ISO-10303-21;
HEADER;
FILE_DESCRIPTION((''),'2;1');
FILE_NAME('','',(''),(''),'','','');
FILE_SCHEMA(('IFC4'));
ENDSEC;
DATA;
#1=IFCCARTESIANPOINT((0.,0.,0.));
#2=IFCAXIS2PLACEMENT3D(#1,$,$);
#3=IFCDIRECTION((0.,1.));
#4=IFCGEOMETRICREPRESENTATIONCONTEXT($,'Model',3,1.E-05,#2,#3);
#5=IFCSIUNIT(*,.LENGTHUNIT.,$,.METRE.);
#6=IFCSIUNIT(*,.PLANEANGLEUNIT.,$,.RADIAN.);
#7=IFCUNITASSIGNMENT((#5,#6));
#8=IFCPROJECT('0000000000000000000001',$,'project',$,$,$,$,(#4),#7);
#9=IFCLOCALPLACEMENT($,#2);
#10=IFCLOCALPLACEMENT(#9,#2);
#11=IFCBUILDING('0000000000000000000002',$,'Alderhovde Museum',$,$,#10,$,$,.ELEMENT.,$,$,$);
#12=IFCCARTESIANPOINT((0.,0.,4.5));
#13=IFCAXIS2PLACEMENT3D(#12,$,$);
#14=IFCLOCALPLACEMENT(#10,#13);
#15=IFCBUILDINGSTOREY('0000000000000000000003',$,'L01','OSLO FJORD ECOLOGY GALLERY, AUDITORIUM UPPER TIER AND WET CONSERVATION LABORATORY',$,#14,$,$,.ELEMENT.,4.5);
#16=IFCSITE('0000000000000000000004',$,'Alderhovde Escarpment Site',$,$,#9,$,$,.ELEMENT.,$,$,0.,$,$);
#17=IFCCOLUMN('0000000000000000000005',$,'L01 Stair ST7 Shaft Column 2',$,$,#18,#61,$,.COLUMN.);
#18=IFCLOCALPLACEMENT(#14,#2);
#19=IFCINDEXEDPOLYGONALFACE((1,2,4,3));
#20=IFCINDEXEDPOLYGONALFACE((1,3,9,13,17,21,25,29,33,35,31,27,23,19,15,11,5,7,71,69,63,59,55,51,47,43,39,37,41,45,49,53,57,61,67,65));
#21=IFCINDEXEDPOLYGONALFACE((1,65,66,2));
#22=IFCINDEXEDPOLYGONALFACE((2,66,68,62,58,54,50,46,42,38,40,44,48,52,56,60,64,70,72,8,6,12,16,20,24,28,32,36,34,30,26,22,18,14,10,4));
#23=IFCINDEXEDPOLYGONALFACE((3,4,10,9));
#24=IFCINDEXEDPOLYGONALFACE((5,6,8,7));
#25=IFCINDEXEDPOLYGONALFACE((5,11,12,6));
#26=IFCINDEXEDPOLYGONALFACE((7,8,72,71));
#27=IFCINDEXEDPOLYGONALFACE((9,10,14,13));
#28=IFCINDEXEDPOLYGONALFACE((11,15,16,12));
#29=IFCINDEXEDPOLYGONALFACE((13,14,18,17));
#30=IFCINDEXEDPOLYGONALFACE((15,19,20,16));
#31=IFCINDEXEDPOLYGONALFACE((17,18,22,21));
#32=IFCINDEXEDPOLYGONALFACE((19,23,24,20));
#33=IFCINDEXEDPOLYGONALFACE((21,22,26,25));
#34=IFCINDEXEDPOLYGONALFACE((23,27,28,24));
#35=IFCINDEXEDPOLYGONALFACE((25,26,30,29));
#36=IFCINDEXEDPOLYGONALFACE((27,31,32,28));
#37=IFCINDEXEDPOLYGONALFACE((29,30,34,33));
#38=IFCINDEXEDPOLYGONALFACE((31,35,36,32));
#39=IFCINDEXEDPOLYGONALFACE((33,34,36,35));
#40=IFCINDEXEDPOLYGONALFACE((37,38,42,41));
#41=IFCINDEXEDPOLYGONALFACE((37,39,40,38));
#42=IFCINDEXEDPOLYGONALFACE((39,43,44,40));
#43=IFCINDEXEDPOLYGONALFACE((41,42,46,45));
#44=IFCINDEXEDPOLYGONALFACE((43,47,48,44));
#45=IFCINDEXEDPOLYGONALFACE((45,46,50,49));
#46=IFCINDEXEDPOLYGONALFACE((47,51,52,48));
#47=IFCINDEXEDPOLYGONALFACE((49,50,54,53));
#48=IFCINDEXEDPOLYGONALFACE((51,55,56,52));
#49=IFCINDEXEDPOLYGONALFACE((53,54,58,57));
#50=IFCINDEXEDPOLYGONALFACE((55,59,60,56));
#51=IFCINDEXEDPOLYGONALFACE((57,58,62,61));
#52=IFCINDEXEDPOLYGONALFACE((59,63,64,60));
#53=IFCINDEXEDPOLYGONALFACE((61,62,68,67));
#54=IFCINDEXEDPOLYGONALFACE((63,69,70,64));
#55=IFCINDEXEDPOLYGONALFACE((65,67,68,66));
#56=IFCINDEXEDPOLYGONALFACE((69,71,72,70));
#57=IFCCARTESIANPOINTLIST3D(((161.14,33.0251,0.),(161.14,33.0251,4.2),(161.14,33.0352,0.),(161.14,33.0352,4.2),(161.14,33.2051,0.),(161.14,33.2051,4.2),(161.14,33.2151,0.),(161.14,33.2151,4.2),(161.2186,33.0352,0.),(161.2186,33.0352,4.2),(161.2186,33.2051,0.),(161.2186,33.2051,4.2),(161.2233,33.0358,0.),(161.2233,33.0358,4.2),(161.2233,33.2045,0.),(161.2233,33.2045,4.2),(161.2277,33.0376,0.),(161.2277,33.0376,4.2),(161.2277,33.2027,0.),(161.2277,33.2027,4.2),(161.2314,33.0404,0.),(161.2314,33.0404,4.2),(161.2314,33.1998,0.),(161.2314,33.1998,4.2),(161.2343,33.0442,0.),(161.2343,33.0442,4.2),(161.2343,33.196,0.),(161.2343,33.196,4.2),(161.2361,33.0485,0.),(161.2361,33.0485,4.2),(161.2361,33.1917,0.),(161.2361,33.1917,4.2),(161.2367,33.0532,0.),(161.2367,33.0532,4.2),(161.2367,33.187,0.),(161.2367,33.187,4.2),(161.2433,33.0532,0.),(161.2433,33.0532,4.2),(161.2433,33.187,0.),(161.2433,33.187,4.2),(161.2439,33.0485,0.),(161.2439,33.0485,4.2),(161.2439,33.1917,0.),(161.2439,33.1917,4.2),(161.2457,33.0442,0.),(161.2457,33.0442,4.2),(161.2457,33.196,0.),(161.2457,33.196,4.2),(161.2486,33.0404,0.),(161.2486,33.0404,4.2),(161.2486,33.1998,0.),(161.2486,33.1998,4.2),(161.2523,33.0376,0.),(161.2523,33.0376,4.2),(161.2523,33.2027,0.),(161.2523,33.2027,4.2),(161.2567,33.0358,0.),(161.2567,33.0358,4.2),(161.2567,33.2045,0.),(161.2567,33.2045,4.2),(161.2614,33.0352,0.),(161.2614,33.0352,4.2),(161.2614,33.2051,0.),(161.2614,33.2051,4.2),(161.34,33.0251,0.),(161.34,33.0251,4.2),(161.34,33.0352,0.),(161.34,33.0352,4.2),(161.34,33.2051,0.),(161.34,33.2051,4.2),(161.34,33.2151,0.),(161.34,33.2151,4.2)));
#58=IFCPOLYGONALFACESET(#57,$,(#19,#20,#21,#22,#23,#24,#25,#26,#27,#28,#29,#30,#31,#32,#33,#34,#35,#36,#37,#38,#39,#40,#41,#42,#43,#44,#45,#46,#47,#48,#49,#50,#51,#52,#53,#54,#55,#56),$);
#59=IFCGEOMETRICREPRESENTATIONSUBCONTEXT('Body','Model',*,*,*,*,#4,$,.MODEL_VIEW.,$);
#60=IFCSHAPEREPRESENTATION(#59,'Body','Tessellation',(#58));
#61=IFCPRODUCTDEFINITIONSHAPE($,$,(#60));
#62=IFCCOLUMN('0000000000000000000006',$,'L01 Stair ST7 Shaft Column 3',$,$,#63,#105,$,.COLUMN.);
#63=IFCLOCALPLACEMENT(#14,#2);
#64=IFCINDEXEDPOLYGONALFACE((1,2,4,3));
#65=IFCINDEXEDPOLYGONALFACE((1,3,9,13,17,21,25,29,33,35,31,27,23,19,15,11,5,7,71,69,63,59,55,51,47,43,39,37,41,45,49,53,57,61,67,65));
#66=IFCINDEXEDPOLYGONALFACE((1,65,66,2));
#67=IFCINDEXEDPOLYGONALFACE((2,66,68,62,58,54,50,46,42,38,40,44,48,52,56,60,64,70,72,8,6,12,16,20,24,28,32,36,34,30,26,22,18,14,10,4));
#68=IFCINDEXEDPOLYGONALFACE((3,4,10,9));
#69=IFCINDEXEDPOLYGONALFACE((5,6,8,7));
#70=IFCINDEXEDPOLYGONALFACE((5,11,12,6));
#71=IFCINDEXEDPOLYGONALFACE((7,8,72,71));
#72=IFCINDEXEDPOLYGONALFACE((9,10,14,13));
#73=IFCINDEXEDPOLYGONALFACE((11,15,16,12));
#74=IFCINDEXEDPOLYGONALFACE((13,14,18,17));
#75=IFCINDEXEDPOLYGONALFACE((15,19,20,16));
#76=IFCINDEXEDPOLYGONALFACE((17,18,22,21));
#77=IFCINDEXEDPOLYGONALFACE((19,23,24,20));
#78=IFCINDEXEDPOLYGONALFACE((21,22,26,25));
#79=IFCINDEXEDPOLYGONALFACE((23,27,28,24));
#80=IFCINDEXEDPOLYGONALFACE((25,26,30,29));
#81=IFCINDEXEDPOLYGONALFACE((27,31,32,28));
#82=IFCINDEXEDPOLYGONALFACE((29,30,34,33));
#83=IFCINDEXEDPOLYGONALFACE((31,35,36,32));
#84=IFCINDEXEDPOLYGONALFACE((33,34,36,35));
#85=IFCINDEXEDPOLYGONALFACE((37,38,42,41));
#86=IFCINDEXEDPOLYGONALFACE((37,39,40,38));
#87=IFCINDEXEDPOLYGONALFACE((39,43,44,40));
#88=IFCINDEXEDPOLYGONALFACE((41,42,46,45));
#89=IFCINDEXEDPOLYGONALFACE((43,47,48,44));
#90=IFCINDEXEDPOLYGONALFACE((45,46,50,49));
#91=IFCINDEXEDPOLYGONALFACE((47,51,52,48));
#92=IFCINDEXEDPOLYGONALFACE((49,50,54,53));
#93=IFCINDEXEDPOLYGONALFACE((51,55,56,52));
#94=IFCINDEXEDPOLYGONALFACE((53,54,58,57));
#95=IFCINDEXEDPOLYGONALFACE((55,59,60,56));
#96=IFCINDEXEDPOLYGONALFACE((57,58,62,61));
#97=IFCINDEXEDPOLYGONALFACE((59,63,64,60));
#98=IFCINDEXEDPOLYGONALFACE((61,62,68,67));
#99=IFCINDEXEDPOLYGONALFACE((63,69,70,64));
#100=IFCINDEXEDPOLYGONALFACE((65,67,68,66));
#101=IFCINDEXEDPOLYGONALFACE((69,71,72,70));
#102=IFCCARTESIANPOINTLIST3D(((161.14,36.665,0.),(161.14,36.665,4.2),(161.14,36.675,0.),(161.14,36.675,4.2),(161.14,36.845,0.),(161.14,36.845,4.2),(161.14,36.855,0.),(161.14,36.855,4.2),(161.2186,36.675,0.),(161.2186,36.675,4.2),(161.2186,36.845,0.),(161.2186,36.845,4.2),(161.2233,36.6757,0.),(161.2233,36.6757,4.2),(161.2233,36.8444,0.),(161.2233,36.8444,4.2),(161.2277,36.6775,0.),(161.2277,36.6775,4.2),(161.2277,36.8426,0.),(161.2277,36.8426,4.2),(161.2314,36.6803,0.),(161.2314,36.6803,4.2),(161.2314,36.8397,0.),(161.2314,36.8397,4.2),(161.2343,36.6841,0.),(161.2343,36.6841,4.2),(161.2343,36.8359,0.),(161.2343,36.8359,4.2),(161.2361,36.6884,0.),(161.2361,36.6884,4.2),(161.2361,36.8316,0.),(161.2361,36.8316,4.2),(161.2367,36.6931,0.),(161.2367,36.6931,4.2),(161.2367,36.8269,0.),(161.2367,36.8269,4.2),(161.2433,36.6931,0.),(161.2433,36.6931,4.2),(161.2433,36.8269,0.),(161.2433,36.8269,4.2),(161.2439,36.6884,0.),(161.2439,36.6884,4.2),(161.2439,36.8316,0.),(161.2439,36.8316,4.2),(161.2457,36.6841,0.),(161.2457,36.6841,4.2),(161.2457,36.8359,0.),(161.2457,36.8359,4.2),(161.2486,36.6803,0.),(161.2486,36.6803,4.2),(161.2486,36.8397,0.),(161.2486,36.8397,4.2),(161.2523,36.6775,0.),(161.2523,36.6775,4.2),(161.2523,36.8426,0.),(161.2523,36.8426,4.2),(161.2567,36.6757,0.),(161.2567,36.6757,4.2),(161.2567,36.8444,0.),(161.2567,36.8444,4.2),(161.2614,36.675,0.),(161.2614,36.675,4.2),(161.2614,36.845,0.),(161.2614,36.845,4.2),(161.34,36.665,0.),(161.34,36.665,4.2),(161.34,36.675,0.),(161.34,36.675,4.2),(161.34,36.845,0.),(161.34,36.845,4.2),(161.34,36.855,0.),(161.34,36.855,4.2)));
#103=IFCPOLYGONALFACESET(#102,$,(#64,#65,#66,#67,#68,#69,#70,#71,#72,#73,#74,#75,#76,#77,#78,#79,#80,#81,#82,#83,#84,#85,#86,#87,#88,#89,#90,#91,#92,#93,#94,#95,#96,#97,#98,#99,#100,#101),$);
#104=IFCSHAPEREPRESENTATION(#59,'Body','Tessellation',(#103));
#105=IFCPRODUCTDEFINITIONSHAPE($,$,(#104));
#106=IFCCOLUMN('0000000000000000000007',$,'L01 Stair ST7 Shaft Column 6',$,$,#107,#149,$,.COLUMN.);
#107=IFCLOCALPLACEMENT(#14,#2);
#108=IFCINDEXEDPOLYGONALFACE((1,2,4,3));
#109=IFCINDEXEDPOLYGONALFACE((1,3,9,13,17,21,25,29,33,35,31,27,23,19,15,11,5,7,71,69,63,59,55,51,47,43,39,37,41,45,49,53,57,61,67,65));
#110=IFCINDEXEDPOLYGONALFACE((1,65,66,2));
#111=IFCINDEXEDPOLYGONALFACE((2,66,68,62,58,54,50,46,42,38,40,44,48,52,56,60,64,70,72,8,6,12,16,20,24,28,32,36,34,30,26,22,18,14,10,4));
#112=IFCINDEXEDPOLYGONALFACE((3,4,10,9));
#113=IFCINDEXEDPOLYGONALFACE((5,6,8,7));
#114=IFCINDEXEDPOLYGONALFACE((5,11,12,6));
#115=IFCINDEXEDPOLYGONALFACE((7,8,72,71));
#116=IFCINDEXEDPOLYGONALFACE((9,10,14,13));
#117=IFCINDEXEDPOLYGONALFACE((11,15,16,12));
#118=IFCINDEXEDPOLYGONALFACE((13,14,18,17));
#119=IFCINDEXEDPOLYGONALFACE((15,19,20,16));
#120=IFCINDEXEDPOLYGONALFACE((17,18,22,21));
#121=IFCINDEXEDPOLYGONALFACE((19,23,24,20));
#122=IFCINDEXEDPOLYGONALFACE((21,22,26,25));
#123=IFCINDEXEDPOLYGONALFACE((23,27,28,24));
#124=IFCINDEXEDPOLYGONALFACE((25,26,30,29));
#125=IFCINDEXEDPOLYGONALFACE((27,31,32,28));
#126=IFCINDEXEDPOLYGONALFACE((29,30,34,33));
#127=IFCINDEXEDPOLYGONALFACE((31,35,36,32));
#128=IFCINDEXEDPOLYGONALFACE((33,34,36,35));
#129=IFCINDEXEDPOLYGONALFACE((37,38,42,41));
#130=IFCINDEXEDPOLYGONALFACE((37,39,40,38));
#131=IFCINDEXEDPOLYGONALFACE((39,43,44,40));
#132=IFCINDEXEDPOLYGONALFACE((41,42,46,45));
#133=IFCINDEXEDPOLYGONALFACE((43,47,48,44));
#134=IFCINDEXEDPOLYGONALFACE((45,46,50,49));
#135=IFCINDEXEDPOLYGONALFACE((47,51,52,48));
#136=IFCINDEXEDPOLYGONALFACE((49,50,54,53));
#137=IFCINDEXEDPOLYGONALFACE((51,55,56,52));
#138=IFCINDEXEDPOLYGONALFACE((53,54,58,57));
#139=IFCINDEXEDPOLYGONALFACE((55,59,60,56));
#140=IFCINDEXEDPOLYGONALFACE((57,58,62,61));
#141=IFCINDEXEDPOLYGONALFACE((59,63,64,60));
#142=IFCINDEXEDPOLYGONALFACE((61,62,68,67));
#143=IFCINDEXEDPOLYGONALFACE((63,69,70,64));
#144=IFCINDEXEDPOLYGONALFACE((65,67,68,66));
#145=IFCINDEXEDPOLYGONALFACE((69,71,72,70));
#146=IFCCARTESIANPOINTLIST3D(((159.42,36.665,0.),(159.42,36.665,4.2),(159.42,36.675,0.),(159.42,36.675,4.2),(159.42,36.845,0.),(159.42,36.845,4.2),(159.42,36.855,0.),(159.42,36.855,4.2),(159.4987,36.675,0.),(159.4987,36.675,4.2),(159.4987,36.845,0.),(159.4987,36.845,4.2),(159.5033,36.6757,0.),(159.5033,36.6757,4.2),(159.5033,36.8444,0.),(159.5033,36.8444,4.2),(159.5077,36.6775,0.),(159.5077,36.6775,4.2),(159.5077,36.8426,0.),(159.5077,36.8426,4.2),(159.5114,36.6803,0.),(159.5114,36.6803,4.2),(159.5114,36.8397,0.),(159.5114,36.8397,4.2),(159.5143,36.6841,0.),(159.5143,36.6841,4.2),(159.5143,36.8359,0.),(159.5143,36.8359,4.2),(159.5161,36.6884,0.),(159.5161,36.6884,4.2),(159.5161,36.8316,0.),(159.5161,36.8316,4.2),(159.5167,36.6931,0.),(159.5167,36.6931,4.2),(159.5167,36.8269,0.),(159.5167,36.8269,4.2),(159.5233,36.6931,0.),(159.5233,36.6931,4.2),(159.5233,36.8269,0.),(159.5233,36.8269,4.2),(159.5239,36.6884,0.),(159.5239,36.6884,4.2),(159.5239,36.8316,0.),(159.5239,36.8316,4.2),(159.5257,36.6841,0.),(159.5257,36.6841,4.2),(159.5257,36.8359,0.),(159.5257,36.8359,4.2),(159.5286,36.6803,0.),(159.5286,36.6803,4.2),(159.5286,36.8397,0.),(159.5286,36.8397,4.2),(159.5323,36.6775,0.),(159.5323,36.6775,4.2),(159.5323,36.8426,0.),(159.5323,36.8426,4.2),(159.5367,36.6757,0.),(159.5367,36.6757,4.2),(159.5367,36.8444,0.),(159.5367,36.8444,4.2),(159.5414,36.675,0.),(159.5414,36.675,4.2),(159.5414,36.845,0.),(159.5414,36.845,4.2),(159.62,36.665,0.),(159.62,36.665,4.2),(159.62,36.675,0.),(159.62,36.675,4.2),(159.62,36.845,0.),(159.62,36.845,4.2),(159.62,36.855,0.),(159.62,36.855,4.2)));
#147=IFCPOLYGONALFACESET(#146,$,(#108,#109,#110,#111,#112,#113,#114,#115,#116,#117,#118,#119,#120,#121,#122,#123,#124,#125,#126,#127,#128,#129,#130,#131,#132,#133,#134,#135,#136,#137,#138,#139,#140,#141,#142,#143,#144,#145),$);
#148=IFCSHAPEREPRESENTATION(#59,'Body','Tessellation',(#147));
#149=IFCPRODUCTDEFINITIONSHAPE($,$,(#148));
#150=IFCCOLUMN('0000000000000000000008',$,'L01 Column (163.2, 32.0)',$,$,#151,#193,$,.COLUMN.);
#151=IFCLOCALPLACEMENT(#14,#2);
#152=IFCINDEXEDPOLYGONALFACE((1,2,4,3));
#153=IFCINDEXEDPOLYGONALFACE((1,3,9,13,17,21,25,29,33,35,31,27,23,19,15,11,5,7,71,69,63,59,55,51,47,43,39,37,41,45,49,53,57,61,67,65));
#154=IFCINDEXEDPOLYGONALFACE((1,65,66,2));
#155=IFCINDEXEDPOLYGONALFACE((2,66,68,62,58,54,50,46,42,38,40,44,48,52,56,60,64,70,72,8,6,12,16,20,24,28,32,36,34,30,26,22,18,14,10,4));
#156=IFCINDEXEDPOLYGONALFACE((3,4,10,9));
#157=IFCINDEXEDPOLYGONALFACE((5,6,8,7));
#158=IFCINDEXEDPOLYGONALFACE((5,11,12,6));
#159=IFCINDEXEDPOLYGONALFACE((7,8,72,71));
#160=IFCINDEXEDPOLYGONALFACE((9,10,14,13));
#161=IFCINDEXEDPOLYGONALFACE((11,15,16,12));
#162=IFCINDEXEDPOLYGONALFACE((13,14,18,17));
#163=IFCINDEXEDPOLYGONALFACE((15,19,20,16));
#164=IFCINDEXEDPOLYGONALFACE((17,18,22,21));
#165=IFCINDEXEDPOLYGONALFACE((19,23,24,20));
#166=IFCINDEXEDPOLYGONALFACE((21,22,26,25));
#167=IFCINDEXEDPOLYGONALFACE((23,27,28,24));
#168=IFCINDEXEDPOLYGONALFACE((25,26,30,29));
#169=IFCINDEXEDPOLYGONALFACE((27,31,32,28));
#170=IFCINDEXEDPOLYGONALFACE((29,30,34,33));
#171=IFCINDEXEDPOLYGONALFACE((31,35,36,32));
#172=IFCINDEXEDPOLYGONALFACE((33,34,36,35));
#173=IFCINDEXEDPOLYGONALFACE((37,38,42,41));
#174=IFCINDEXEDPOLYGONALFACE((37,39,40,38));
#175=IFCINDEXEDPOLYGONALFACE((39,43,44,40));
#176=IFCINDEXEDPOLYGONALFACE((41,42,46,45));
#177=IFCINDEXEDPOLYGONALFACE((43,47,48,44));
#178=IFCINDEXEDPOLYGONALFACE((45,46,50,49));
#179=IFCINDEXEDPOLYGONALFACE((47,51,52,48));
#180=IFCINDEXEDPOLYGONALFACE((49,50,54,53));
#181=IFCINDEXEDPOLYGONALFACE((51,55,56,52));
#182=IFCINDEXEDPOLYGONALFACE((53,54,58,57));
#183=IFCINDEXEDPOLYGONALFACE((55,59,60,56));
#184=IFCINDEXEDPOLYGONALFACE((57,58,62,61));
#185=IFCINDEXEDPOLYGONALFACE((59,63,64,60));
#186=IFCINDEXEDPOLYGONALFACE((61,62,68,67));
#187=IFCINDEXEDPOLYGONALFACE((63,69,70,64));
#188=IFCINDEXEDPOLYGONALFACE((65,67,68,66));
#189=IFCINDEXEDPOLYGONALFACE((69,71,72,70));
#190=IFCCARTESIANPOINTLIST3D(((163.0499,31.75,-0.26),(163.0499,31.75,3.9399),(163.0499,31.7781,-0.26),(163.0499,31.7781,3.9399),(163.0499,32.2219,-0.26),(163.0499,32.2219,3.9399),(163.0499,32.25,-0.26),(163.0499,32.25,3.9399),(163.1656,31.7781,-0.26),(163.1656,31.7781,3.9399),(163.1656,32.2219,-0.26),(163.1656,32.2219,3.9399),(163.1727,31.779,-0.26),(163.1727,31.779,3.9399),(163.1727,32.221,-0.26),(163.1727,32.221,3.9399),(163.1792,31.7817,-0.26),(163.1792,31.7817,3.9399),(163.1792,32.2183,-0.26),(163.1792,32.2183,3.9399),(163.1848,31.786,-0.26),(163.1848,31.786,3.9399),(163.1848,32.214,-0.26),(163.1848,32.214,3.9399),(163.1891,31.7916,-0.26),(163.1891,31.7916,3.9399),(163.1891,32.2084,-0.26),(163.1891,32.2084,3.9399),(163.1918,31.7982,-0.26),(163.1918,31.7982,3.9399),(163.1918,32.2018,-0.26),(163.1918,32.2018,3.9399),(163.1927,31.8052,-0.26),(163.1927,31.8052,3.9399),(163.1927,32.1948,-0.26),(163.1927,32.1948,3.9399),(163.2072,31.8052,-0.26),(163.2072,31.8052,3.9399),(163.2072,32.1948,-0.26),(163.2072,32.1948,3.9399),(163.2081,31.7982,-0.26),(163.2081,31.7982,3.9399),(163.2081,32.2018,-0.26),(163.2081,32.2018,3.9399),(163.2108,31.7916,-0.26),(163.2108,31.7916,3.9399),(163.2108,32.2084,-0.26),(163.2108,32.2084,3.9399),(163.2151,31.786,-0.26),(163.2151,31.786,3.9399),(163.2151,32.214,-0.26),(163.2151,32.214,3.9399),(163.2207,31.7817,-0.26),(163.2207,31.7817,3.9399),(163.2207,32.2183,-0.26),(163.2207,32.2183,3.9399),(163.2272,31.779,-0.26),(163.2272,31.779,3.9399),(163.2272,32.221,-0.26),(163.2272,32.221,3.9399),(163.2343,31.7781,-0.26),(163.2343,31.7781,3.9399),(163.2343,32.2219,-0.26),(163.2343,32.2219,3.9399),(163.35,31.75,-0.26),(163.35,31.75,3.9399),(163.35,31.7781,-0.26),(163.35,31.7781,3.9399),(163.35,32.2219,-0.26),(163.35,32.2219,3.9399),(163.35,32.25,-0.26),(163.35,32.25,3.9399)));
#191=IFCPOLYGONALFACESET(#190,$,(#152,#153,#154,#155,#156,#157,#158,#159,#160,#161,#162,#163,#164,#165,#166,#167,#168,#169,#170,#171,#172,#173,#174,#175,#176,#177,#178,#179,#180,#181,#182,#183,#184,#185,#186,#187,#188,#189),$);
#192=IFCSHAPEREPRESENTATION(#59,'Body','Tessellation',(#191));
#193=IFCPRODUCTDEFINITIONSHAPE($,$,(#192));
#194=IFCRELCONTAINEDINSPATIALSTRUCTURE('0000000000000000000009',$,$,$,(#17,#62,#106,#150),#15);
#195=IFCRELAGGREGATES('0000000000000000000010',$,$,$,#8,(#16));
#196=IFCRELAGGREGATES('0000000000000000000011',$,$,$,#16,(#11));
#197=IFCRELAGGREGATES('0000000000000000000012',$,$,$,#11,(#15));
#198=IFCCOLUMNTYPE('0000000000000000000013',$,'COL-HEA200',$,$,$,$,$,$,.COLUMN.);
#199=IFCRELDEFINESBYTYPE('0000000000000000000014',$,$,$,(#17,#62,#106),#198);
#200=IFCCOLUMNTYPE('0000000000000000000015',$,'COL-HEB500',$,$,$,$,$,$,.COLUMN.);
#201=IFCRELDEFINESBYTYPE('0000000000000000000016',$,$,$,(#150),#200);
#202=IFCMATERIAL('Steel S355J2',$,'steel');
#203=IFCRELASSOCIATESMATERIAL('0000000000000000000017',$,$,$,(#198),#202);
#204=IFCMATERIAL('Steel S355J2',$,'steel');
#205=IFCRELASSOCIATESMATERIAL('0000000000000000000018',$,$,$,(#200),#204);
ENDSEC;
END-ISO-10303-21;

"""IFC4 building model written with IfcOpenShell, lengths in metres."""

from ifc_helpers import new_model, si_unit, direction, frame, origin, origin_2d, place, context, subcontext, project, spatial, i_section, extrude, material, material_profile, profile_set, type_object, element, save


model = new_model("IFC4")

# Units and contexts
model_context = context("Model", 3, precision=1e-05, world=origin(), true_north=direction((0.0, 1.0)))
body_context = subcontext(model_context, "Body", "Model", "MODEL_VIEW")
ifc_project = project(units=[si_unit("LENGTHUNIT", "METRE"), si_unit("PLANEANGLEUNIT", "RADIAN")], contexts=[model_context])

# Site, building, storey
site_placement = place(None, origin())
site = spatial("IfcSite", under=ifc_project, at=site_placement, Name="Alderhovde Escarpment Site", CompositionType="ELEMENT", RefElevation=0.0)
building_placement = place(site_placement, origin())
building = spatial("IfcBuilding", under=site, at=building_placement, Name="Alderhovde Museum", CompositionType="ELEMENT")
storey_placement = place(building_placement, frame((0.0, 0.0, 4.5)))
storey = spatial("IfcBuildingStorey", under=building, at=storey_placement, Name="L01", Description="OSLO FJORD ECOLOGY GALLERY, AUDITORIUM UPPER TIER AND WET CONSERVATION LABORATORY", CompositionType="ELEMENT", Elevation=4.5)

# Columns
ifc_material_1 = material(Name="Steel S355J2", Category="steel")
ifc_material_profile_1 = material_profile(ifc_material_1, i_section(OverallWidth=0.2, OverallDepth=0.1899, WebThickness=0.0066, FlangeThickness=0.01, FilletRadius=0.0181, at=origin_2d()), Name="HEA 200")
ifc_profile_set_1 = profile_set([ifc_material_profile_1], Name="Steel S355J2")
column_type_1 = type_object("IfcColumnType", Name="COL-HEA200", PredefinedType="COLUMN", material=ifc_profile_set_1)
for number, where, z_axis, x_axis, name in (
    (1, (161.24, 33.1201, 0.0), (0.0, 0.0, 1.0), (1.0, 0.0, 0.0), "L01 Stair ST7 Shaft Column 2"),
    (2, (161.24, 36.76, 0.0), (0.0, 0.0, 1.0), (1.0, 0.0, 0.0), "L01 Stair ST7 Shaft Column 3"),
    (3, (159.52, 36.76, 0.0), (0.0, 0.0, 1.0), (1.0, 0.0, 0.0), "L01 Stair ST7 Shaft Column 6"),
):
    element("IfcColumn", number, at=place(storey_placement, frame(where, z_axis=z_axis, x_axis=x_axis)), inside=storey, type_object=column_type_1, Name=name, PredefinedType="COLUMN", context=body_context, shape_type="SweptSolid", body=[
        extrude(i_section(OverallWidth=0.2, OverallDepth=0.1899, WebThickness=0.0066, FlangeThickness=0.01, FilletRadius=0.0181, at=origin_2d()), origin(), (0.0, 0.0, 1.0), 4.2),
    ])
ifc_material_2 = material(Name="Steel S355J2", Category="steel")
ifc_material_profile_2 = material_profile(ifc_material_2, i_section(OverallWidth=0.3, OverallDepth=0.5, WebThickness=0.0144, FlangeThickness=0.0281, FilletRadius=0.0271, at=origin_2d()), Name="HEB 500")
ifc_profile_set_2 = profile_set([ifc_material_profile_2], Name="Steel S355J2")
column_type_2 = type_object("IfcColumnType", Name="COL-HEB500", PredefinedType="COLUMN", material=ifc_profile_set_2)
for number, where, z_axis, x_axis, name in (
    (4, (163.2, 32.0, -0.26), (0.0, 0.0, 1.0), (1.0, 0.0, 0.0), "L01 Column (163.2, 32.0)"),
):
    element("IfcColumn", number, at=place(storey_placement, frame(where, z_axis=z_axis, x_axis=x_axis)), inside=storey, type_object=column_type_2, Name=name, PredefinedType="COLUMN", context=body_context, shape_type="SweptSolid", body=[
        extrude(i_section(OverallWidth=0.3, OverallDepth=0.5, WebThickness=0.0144, FlangeThickness=0.0281, FilletRadius=0.0271, at=origin_2d()), origin(), (0.0, 0.0, 1.0), 4.2),
    ])

save(model, "model.ifc")
